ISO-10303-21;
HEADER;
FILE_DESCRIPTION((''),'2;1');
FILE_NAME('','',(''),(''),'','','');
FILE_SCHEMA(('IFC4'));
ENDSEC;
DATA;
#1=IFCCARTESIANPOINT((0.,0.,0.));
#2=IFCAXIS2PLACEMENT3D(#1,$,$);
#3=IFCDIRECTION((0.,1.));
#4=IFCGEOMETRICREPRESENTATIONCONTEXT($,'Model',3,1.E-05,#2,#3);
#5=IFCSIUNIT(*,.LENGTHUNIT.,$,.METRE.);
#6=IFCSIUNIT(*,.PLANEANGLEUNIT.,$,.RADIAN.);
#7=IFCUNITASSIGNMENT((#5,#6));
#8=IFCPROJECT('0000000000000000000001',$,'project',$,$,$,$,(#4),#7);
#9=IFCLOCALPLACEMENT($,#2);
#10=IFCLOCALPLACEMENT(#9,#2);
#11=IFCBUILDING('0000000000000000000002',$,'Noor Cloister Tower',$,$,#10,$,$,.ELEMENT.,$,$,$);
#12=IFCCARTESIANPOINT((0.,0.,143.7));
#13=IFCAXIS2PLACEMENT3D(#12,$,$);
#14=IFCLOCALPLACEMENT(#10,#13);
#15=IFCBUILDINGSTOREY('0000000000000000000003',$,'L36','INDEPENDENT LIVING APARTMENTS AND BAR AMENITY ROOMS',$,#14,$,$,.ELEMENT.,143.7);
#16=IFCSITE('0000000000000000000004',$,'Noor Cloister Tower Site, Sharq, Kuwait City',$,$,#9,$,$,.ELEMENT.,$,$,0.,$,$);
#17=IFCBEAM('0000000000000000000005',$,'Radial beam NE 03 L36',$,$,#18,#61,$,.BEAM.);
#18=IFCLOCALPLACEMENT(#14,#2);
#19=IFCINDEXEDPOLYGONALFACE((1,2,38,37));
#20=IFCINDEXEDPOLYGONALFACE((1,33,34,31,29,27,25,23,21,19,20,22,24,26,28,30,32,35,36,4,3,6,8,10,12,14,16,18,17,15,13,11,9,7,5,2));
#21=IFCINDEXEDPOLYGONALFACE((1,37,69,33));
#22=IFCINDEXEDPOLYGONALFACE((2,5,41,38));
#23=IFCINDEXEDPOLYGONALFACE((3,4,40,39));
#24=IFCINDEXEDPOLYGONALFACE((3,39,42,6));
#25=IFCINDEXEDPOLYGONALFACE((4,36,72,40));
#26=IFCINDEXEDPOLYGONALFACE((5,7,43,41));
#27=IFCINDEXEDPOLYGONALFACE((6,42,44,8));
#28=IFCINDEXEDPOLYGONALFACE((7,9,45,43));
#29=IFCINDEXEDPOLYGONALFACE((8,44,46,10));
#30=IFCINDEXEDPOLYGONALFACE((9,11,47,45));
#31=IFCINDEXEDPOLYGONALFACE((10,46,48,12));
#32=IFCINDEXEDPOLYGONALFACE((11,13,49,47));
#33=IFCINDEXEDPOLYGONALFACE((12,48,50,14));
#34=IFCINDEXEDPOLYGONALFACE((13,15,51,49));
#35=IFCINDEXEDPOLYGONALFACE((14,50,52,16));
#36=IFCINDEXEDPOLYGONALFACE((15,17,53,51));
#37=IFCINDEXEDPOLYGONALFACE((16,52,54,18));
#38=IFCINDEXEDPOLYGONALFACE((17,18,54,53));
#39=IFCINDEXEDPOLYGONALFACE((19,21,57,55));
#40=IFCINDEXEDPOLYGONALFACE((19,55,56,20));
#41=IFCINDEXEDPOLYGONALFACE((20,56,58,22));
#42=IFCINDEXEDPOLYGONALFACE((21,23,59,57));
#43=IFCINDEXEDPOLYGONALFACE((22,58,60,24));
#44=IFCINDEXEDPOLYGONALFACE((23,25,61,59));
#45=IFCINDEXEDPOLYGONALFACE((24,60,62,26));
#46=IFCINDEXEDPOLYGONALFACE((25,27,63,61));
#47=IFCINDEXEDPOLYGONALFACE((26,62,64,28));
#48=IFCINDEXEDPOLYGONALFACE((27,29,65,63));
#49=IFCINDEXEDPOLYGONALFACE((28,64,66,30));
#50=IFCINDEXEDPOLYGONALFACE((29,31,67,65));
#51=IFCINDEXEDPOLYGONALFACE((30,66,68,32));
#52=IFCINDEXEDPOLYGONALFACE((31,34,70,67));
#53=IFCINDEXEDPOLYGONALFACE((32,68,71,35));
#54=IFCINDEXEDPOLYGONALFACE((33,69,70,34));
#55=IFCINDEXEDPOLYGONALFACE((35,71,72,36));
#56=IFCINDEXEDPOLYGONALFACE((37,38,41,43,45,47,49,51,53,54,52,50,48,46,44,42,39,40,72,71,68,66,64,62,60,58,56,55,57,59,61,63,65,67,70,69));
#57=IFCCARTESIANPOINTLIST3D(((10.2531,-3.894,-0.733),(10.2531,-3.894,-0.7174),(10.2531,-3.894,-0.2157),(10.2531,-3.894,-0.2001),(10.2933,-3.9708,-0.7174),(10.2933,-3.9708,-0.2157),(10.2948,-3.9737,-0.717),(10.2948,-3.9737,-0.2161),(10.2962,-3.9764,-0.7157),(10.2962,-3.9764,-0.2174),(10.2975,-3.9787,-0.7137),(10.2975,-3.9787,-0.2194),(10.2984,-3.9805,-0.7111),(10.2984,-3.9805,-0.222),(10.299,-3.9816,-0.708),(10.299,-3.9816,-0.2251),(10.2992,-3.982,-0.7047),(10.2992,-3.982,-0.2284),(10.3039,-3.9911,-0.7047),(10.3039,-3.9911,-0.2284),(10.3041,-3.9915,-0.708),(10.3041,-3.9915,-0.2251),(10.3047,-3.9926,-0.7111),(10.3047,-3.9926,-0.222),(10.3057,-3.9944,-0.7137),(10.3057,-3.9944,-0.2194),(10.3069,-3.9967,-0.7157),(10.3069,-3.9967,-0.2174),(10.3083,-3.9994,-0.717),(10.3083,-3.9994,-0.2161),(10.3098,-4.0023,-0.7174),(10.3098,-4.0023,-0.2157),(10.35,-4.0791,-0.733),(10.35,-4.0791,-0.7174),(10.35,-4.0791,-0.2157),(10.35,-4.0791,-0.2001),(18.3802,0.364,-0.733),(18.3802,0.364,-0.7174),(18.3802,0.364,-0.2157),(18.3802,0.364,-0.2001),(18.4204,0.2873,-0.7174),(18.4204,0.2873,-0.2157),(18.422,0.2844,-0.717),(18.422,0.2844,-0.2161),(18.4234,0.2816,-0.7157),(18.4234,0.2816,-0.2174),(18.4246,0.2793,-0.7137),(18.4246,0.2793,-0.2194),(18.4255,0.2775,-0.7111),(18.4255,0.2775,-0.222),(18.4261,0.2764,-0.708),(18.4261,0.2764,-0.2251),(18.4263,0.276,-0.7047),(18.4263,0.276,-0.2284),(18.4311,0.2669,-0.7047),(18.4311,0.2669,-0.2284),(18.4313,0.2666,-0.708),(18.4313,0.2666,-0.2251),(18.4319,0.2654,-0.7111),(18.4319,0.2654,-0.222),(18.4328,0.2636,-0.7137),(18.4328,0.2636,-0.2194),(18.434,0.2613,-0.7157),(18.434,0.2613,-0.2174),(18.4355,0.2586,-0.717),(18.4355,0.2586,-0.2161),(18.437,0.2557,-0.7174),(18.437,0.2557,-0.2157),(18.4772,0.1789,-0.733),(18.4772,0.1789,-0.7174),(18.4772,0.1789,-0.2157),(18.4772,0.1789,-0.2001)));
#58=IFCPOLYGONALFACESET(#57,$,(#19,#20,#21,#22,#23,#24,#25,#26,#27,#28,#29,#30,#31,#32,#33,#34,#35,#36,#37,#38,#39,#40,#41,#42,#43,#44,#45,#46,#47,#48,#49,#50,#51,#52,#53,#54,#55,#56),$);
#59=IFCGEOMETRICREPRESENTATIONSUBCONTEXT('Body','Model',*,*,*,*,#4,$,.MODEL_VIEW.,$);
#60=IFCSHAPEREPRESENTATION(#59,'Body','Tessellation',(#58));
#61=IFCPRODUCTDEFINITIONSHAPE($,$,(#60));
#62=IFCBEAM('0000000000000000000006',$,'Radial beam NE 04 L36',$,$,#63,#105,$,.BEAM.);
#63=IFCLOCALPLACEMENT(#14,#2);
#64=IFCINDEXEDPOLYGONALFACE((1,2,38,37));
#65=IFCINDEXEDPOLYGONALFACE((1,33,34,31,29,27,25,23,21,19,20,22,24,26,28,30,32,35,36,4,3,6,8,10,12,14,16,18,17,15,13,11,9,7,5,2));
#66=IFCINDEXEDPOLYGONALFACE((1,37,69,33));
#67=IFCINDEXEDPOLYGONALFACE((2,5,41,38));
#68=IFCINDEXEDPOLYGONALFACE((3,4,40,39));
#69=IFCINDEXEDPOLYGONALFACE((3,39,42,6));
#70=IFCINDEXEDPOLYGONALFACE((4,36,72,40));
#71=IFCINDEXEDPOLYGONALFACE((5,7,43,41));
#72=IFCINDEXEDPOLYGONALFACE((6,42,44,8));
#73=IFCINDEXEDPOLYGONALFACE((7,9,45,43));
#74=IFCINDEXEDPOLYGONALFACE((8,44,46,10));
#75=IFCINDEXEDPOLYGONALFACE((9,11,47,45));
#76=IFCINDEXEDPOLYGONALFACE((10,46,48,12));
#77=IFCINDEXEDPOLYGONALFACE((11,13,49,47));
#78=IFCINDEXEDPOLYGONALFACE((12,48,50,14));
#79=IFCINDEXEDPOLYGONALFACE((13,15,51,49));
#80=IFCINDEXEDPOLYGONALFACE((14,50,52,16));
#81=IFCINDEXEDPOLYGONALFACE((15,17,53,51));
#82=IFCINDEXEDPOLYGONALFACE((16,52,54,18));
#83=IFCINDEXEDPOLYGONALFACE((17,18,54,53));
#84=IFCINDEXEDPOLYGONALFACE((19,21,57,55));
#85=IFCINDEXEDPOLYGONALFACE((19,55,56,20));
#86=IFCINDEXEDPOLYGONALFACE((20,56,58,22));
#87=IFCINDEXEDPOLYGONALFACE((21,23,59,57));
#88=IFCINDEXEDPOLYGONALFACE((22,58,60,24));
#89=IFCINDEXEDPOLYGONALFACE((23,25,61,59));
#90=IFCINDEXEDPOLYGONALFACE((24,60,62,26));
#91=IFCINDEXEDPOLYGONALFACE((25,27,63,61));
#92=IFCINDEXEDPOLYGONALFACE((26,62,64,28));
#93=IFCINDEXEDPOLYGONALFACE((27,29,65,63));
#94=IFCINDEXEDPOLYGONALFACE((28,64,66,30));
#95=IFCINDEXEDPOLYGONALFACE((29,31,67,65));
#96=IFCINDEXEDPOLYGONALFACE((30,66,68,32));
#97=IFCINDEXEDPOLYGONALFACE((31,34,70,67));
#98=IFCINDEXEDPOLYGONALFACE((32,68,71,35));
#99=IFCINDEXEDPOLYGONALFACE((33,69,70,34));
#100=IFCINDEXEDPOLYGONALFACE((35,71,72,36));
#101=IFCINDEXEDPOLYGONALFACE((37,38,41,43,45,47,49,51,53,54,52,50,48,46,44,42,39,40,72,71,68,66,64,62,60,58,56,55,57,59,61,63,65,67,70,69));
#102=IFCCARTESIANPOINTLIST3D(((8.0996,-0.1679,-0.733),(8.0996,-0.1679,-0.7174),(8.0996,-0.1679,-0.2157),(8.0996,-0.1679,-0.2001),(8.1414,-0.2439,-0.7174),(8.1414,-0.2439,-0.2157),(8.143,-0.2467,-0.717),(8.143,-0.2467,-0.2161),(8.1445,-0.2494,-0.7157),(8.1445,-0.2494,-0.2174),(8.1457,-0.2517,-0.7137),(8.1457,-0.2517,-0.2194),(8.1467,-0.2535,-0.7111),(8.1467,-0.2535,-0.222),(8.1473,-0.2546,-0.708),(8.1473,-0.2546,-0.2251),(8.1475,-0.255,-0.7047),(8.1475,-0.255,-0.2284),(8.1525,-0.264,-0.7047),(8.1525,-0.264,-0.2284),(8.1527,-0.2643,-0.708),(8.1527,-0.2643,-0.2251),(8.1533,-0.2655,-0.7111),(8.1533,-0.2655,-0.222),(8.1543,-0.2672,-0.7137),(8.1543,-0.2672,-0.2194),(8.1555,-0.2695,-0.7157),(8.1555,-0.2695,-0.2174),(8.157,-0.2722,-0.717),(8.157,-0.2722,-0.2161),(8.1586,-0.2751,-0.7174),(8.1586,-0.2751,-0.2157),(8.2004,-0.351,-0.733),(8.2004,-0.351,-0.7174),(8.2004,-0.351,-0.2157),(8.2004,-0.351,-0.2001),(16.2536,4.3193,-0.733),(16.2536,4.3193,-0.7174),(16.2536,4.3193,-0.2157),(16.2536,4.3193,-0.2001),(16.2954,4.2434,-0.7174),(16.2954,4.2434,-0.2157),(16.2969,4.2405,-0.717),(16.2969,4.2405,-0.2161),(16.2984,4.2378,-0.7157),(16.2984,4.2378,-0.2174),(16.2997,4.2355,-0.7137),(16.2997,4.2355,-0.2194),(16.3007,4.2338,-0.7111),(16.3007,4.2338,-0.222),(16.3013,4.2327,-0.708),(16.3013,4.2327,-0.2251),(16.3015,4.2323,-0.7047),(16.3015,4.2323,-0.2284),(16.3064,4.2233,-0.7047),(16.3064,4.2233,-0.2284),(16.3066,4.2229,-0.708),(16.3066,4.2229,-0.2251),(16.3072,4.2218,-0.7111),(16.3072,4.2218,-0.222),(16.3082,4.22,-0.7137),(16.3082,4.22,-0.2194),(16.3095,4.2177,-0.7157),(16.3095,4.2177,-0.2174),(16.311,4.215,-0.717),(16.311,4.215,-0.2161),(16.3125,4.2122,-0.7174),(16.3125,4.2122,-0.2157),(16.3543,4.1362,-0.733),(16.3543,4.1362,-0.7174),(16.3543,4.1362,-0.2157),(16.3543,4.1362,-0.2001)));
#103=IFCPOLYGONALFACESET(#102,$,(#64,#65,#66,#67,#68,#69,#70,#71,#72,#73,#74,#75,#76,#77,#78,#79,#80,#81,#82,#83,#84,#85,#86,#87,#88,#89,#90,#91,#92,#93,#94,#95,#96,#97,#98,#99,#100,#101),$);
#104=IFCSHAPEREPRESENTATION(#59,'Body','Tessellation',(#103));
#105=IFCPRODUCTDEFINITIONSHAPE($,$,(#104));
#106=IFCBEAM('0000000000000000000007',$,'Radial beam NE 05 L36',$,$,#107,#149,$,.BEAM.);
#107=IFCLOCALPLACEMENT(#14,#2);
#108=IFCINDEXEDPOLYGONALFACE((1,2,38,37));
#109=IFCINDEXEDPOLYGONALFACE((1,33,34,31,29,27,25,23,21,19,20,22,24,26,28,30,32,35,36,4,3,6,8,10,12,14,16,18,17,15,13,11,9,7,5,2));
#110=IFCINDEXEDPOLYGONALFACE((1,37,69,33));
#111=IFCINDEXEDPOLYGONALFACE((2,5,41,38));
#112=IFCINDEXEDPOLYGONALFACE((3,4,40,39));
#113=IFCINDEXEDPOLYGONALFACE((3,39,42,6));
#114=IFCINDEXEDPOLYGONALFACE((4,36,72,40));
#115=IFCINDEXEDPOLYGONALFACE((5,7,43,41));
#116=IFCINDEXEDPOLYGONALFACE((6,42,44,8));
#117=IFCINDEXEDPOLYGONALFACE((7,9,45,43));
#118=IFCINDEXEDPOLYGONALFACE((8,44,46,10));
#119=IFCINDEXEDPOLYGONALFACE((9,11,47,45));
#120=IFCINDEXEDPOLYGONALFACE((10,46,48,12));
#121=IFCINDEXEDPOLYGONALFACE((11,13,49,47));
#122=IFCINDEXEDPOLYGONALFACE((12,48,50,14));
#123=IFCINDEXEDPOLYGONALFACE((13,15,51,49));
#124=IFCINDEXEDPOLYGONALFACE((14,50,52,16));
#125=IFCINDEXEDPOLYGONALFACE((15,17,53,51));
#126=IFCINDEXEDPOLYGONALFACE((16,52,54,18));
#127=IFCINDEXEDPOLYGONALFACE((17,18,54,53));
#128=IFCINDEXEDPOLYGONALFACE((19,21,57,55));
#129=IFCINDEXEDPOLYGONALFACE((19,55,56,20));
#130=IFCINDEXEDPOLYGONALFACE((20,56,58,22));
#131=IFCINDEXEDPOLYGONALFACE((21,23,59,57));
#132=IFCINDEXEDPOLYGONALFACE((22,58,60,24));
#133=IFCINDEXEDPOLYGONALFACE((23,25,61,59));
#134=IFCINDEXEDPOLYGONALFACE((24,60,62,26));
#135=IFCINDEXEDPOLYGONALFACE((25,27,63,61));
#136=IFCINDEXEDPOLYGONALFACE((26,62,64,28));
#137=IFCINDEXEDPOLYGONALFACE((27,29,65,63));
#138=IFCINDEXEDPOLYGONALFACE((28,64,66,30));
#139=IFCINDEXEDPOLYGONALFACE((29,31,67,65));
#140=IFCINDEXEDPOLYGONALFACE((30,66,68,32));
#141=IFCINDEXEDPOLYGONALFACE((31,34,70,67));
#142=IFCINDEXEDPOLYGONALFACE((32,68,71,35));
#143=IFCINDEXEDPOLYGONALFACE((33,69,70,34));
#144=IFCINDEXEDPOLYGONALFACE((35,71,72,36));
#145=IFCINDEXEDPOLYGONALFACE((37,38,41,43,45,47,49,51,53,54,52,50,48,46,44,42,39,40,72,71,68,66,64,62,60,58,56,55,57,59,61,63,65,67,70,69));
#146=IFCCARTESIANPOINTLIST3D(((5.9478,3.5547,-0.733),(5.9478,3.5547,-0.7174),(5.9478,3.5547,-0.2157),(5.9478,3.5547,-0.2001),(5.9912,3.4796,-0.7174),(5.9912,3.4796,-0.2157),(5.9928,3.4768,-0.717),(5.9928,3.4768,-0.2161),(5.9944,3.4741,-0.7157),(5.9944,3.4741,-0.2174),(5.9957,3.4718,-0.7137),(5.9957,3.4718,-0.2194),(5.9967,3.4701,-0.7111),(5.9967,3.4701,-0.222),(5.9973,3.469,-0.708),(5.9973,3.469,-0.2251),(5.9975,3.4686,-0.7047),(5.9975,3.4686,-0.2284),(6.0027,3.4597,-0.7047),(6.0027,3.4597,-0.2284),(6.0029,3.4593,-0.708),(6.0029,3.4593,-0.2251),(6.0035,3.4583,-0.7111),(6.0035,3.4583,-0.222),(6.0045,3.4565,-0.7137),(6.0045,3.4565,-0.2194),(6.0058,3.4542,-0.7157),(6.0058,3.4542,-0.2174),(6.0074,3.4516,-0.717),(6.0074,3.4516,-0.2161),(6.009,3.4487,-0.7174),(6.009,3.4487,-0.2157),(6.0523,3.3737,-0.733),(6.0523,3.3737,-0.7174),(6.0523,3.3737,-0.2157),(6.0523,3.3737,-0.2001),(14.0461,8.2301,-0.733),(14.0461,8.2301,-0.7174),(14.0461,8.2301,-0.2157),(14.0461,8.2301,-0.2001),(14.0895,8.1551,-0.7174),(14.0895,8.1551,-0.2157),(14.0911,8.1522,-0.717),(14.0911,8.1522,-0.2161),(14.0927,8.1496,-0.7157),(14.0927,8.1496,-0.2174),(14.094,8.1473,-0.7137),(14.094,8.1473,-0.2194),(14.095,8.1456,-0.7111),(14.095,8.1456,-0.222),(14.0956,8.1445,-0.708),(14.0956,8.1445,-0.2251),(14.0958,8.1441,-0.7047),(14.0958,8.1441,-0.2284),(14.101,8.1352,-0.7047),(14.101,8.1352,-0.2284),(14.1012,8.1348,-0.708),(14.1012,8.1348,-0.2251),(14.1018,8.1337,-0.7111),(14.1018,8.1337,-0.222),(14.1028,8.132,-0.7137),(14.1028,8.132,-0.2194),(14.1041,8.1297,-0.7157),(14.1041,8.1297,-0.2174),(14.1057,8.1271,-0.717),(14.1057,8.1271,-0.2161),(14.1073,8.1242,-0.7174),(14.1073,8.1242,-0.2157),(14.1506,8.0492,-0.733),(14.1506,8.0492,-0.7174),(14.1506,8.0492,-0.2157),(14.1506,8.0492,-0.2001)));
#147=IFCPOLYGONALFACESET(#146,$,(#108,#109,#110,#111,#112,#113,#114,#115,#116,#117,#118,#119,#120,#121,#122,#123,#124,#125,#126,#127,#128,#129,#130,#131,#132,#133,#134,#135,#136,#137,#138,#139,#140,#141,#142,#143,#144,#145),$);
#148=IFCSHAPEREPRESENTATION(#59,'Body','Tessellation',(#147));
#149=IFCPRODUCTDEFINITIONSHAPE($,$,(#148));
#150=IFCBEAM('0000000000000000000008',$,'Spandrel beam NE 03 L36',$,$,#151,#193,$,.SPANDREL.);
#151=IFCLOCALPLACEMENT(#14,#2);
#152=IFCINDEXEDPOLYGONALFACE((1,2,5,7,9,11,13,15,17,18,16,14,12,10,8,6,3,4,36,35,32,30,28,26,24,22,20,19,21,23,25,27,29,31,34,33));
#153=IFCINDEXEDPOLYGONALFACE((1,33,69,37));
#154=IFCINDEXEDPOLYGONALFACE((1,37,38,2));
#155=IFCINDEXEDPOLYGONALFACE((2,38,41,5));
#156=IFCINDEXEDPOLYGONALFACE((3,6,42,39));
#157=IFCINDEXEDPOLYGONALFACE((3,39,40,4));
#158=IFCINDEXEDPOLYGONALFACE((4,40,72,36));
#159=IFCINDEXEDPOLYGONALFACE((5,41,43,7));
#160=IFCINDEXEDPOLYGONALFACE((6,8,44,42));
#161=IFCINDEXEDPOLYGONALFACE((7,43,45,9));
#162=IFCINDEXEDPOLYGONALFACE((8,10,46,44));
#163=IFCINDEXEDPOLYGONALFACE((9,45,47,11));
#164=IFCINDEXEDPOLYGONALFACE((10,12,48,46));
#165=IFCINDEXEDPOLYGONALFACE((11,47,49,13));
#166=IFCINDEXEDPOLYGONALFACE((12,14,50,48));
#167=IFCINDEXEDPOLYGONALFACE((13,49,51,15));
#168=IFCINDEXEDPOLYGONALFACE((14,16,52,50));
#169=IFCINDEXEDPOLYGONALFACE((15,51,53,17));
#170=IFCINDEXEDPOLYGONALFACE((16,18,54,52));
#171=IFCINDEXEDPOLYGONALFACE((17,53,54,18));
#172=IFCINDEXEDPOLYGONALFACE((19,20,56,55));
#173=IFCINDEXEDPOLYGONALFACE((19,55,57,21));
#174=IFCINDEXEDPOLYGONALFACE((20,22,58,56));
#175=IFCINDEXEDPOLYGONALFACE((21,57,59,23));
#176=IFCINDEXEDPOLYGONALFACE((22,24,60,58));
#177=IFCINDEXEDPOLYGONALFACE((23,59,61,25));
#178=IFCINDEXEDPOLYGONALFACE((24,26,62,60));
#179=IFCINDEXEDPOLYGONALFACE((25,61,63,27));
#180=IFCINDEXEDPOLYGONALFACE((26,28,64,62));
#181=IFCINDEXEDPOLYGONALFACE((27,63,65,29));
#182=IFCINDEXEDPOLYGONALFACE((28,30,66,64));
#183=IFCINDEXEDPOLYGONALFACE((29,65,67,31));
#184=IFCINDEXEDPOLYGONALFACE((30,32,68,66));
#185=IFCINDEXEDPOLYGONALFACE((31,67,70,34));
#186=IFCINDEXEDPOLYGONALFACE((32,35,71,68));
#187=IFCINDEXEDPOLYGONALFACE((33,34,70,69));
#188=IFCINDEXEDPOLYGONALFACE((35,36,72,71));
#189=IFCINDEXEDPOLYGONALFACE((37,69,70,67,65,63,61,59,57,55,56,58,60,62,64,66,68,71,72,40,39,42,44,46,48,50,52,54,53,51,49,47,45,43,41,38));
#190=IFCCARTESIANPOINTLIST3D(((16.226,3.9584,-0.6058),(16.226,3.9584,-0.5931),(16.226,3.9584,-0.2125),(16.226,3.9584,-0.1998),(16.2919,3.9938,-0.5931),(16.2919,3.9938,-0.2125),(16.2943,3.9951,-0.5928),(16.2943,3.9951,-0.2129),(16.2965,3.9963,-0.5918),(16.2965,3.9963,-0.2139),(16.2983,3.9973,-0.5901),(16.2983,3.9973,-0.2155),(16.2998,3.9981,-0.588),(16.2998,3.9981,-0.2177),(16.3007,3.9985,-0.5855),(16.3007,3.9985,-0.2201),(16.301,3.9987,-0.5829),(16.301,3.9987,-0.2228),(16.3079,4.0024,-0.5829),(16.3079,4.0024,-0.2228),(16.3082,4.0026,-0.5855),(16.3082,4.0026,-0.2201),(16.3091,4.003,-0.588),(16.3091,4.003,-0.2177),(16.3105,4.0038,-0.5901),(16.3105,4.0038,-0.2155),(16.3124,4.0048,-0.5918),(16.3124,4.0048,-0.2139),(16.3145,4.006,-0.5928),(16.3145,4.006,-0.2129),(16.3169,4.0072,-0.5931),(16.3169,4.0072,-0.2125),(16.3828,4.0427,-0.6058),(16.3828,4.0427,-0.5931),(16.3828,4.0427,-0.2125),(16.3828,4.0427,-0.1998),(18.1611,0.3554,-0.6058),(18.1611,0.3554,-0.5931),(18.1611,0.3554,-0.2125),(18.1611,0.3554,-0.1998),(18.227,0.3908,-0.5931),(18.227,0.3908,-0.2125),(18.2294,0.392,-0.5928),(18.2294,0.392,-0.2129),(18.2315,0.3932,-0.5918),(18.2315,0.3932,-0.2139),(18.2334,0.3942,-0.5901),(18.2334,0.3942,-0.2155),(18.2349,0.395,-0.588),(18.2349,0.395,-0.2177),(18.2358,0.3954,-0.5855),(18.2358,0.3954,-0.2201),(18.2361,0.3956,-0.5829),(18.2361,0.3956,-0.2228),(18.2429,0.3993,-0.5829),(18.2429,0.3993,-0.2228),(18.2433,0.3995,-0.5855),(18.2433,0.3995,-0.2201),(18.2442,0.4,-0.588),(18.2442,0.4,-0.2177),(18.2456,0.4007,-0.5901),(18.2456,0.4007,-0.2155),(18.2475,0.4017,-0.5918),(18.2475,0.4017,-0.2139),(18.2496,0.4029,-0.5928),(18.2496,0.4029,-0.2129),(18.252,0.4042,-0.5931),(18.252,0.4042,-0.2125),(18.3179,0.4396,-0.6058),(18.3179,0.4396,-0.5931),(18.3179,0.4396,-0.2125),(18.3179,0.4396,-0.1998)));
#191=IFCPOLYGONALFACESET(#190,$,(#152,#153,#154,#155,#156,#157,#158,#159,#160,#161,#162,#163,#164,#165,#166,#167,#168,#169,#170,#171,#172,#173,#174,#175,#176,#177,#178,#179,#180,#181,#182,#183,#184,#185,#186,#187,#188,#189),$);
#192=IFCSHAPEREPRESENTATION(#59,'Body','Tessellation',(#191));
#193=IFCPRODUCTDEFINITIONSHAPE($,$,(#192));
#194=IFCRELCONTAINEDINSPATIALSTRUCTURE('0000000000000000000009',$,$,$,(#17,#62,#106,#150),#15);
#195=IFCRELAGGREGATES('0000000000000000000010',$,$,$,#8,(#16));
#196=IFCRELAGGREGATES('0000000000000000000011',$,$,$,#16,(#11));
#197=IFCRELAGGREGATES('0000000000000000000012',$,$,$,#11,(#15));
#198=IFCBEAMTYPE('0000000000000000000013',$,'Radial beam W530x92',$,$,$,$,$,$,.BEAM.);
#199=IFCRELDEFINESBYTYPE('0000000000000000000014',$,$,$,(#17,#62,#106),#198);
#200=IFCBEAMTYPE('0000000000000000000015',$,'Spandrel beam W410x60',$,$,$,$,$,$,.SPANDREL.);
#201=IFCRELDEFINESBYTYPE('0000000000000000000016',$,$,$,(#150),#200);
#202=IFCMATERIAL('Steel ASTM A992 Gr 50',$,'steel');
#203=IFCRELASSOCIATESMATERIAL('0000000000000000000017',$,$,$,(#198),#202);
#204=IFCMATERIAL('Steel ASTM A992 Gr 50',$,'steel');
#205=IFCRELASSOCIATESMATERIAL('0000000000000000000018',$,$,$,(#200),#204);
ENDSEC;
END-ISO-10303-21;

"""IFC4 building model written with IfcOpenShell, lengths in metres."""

from ifc_helpers import new_model, si_unit, direction, frame, origin, origin_2d, place, context, subcontext, project, spatial, i_section, extrude, material, material_profile, profile_set, type_object, element, save


model = new_model("IFC4")

# Units and contexts
model_context = context("Model", 3, precision=1e-05, world=origin(), true_north=direction((0.0, 1.0)))
body_context = subcontext(model_context, "Body", "Model", "MODEL_VIEW")
ifc_project = project(units=[si_unit("LENGTHUNIT", "METRE"), si_unit("PLANEANGLEUNIT", "RADIAN")], contexts=[model_context])

# Site, building, storey
site_placement = place(None, origin())
site = spatial("IfcSite", under=ifc_project, at=site_placement, Name="Noor Cloister Tower Site, Sharq, Kuwait City", CompositionType="ELEMENT", RefElevation=0.0)
building_placement = place(site_placement, origin())
building = spatial("IfcBuilding", under=site, at=building_placement, Name="Noor Cloister Tower", CompositionType="ELEMENT")
storey_placement = place(building_placement, frame((0.0, 0.0, 143.7)))
storey = spatial("IfcBuildingStorey", under=building, at=storey_placement, Name="L36", Description="INDEPENDENT LIVING APARTMENTS AND BAR AMENITY ROOMS", CompositionType="ELEMENT", Elevation=143.7)

# Beams
ifc_material_1 = material(Name="Steel ASTM A992 Gr 50", Category="steel")
ifc_material_profile_1 = material_profile(ifc_material_1, i_section(OverallWidth=0.209, OverallDepth=0.533, WebThickness=0.0103, FlangeThickness=0.0156, FilletRadius=0.0127, at=origin_2d()), Name="W530x92")
ifc_profile_set_1 = profile_set([ifc_material_profile_1], Name="Steel ASTM A992 Gr 50")
beam_type_1 = type_object("IfcBeamType", Name="Radial beam W530x92", PredefinedType="BEAM", material=ifc_profile_set_1)
beam_1_placement = place(storey_placement, frame((18.4287, 0.2715, -0.4666), z_axis=(-0.885789, -0.464089, 0.0), x_axis=(0.464089, -0.885789, 0.0)))
element("IfcBeam", 1, at=beam_1_placement, inside=storey, type_object=beam_type_1, Name="Radial beam NE 03 L36", PredefinedType="BEAM", context=body_context, shape_type="SweptSolid", body=[
    extrude(i_section(OverallWidth=0.209, OverallDepth=0.533, WebThickness=0.0103, FlangeThickness=0.0156, FilletRadius=0.0127, at=origin_2d()), origin(), (0.0, 0.0, 1.0), 9.175),
])
beam_2_placement = place(storey_placement, frame((16.304, 4.2278, -0.4666), z_axis=(-0.876099, -0.482131, 0.0), x_axis=(0.482131, -0.876099, 0.0)))
element("IfcBeam", 2, at=beam_2_placement, inside=storey, type_object=beam_type_1, Name="Radial beam NE 04 L36", PredefinedType="BEAM", context=body_context, shape_type="SweptSolid", body=[
    extrude(i_section(OverallWidth=0.209, OverallDepth=0.533, WebThickness=0.0103, FlangeThickness=0.0156, FilletRadius=0.0127, at=origin_2d()), origin(), (0.0, 0.0, 1.0), 9.3071),
])
beam_3_placement = place(storey_placement, frame((14.0984, 8.1396, -0.4666), z_axis=(-0.866029, -0.499994, 0.0), x_axis=(0.499994, -0.866029, 0.0)))
element("IfcBeam", 3, at=beam_3_placement, inside=storey, type_object=beam_type_1, Name="Radial beam NE 05 L36", PredefinedType="BEAM", context=body_context, shape_type="SweptSolid", body=[
    extrude(i_section(OverallWidth=0.209, OverallDepth=0.533, WebThickness=0.0103, FlangeThickness=0.0156, FilletRadius=0.0127, at=origin_2d()), origin(), (0.0, 0.0, 1.0), 9.3511),
])
ifc_material_2 = material(Name="Steel ASTM A992 Gr 50", Category="steel")
ifc_material_profile_2 = material_profile(ifc_material_2, i_section(OverallWidth=0.178, OverallDepth=0.406, WebThickness=0.0078, FlangeThickness=0.0127, FilletRadius=0.0103, at=origin_2d()), Name="W410x60")
ifc_profile_set_2 = profile_set([ifc_material_profile_2], Name="Steel ASTM A992 Gr 50")
beam_type_2 = type_object("IfcBeamType", Name="Spandrel beam W410x60", PredefinedType="SPANDREL", material=ifc_profile_set_2)
beam_4_placement = place(storey_placement, frame((18.2395, 0.3975, -0.4028), z_axis=(-0.473146, 0.880984, 0.0), x_axis=(-0.880984, -0.473146, 0.0)))
element("IfcBeam", 4, at=beam_4_placement, inside=storey, type_object=beam_type_2, Name="Spandrel beam NE 03 L36", PredefinedType="SPANDREL", context=body_context, shape_type="SweptSolid", body=[
    extrude(i_section(OverallWidth=0.178, OverallDepth=0.406, WebThickness=0.0078, FlangeThickness=0.0127, FilletRadius=0.0103, at=origin_2d()), origin(), (0.0, 0.0, 1.0), 4.0898),
])

save(model, "model.ifc")
